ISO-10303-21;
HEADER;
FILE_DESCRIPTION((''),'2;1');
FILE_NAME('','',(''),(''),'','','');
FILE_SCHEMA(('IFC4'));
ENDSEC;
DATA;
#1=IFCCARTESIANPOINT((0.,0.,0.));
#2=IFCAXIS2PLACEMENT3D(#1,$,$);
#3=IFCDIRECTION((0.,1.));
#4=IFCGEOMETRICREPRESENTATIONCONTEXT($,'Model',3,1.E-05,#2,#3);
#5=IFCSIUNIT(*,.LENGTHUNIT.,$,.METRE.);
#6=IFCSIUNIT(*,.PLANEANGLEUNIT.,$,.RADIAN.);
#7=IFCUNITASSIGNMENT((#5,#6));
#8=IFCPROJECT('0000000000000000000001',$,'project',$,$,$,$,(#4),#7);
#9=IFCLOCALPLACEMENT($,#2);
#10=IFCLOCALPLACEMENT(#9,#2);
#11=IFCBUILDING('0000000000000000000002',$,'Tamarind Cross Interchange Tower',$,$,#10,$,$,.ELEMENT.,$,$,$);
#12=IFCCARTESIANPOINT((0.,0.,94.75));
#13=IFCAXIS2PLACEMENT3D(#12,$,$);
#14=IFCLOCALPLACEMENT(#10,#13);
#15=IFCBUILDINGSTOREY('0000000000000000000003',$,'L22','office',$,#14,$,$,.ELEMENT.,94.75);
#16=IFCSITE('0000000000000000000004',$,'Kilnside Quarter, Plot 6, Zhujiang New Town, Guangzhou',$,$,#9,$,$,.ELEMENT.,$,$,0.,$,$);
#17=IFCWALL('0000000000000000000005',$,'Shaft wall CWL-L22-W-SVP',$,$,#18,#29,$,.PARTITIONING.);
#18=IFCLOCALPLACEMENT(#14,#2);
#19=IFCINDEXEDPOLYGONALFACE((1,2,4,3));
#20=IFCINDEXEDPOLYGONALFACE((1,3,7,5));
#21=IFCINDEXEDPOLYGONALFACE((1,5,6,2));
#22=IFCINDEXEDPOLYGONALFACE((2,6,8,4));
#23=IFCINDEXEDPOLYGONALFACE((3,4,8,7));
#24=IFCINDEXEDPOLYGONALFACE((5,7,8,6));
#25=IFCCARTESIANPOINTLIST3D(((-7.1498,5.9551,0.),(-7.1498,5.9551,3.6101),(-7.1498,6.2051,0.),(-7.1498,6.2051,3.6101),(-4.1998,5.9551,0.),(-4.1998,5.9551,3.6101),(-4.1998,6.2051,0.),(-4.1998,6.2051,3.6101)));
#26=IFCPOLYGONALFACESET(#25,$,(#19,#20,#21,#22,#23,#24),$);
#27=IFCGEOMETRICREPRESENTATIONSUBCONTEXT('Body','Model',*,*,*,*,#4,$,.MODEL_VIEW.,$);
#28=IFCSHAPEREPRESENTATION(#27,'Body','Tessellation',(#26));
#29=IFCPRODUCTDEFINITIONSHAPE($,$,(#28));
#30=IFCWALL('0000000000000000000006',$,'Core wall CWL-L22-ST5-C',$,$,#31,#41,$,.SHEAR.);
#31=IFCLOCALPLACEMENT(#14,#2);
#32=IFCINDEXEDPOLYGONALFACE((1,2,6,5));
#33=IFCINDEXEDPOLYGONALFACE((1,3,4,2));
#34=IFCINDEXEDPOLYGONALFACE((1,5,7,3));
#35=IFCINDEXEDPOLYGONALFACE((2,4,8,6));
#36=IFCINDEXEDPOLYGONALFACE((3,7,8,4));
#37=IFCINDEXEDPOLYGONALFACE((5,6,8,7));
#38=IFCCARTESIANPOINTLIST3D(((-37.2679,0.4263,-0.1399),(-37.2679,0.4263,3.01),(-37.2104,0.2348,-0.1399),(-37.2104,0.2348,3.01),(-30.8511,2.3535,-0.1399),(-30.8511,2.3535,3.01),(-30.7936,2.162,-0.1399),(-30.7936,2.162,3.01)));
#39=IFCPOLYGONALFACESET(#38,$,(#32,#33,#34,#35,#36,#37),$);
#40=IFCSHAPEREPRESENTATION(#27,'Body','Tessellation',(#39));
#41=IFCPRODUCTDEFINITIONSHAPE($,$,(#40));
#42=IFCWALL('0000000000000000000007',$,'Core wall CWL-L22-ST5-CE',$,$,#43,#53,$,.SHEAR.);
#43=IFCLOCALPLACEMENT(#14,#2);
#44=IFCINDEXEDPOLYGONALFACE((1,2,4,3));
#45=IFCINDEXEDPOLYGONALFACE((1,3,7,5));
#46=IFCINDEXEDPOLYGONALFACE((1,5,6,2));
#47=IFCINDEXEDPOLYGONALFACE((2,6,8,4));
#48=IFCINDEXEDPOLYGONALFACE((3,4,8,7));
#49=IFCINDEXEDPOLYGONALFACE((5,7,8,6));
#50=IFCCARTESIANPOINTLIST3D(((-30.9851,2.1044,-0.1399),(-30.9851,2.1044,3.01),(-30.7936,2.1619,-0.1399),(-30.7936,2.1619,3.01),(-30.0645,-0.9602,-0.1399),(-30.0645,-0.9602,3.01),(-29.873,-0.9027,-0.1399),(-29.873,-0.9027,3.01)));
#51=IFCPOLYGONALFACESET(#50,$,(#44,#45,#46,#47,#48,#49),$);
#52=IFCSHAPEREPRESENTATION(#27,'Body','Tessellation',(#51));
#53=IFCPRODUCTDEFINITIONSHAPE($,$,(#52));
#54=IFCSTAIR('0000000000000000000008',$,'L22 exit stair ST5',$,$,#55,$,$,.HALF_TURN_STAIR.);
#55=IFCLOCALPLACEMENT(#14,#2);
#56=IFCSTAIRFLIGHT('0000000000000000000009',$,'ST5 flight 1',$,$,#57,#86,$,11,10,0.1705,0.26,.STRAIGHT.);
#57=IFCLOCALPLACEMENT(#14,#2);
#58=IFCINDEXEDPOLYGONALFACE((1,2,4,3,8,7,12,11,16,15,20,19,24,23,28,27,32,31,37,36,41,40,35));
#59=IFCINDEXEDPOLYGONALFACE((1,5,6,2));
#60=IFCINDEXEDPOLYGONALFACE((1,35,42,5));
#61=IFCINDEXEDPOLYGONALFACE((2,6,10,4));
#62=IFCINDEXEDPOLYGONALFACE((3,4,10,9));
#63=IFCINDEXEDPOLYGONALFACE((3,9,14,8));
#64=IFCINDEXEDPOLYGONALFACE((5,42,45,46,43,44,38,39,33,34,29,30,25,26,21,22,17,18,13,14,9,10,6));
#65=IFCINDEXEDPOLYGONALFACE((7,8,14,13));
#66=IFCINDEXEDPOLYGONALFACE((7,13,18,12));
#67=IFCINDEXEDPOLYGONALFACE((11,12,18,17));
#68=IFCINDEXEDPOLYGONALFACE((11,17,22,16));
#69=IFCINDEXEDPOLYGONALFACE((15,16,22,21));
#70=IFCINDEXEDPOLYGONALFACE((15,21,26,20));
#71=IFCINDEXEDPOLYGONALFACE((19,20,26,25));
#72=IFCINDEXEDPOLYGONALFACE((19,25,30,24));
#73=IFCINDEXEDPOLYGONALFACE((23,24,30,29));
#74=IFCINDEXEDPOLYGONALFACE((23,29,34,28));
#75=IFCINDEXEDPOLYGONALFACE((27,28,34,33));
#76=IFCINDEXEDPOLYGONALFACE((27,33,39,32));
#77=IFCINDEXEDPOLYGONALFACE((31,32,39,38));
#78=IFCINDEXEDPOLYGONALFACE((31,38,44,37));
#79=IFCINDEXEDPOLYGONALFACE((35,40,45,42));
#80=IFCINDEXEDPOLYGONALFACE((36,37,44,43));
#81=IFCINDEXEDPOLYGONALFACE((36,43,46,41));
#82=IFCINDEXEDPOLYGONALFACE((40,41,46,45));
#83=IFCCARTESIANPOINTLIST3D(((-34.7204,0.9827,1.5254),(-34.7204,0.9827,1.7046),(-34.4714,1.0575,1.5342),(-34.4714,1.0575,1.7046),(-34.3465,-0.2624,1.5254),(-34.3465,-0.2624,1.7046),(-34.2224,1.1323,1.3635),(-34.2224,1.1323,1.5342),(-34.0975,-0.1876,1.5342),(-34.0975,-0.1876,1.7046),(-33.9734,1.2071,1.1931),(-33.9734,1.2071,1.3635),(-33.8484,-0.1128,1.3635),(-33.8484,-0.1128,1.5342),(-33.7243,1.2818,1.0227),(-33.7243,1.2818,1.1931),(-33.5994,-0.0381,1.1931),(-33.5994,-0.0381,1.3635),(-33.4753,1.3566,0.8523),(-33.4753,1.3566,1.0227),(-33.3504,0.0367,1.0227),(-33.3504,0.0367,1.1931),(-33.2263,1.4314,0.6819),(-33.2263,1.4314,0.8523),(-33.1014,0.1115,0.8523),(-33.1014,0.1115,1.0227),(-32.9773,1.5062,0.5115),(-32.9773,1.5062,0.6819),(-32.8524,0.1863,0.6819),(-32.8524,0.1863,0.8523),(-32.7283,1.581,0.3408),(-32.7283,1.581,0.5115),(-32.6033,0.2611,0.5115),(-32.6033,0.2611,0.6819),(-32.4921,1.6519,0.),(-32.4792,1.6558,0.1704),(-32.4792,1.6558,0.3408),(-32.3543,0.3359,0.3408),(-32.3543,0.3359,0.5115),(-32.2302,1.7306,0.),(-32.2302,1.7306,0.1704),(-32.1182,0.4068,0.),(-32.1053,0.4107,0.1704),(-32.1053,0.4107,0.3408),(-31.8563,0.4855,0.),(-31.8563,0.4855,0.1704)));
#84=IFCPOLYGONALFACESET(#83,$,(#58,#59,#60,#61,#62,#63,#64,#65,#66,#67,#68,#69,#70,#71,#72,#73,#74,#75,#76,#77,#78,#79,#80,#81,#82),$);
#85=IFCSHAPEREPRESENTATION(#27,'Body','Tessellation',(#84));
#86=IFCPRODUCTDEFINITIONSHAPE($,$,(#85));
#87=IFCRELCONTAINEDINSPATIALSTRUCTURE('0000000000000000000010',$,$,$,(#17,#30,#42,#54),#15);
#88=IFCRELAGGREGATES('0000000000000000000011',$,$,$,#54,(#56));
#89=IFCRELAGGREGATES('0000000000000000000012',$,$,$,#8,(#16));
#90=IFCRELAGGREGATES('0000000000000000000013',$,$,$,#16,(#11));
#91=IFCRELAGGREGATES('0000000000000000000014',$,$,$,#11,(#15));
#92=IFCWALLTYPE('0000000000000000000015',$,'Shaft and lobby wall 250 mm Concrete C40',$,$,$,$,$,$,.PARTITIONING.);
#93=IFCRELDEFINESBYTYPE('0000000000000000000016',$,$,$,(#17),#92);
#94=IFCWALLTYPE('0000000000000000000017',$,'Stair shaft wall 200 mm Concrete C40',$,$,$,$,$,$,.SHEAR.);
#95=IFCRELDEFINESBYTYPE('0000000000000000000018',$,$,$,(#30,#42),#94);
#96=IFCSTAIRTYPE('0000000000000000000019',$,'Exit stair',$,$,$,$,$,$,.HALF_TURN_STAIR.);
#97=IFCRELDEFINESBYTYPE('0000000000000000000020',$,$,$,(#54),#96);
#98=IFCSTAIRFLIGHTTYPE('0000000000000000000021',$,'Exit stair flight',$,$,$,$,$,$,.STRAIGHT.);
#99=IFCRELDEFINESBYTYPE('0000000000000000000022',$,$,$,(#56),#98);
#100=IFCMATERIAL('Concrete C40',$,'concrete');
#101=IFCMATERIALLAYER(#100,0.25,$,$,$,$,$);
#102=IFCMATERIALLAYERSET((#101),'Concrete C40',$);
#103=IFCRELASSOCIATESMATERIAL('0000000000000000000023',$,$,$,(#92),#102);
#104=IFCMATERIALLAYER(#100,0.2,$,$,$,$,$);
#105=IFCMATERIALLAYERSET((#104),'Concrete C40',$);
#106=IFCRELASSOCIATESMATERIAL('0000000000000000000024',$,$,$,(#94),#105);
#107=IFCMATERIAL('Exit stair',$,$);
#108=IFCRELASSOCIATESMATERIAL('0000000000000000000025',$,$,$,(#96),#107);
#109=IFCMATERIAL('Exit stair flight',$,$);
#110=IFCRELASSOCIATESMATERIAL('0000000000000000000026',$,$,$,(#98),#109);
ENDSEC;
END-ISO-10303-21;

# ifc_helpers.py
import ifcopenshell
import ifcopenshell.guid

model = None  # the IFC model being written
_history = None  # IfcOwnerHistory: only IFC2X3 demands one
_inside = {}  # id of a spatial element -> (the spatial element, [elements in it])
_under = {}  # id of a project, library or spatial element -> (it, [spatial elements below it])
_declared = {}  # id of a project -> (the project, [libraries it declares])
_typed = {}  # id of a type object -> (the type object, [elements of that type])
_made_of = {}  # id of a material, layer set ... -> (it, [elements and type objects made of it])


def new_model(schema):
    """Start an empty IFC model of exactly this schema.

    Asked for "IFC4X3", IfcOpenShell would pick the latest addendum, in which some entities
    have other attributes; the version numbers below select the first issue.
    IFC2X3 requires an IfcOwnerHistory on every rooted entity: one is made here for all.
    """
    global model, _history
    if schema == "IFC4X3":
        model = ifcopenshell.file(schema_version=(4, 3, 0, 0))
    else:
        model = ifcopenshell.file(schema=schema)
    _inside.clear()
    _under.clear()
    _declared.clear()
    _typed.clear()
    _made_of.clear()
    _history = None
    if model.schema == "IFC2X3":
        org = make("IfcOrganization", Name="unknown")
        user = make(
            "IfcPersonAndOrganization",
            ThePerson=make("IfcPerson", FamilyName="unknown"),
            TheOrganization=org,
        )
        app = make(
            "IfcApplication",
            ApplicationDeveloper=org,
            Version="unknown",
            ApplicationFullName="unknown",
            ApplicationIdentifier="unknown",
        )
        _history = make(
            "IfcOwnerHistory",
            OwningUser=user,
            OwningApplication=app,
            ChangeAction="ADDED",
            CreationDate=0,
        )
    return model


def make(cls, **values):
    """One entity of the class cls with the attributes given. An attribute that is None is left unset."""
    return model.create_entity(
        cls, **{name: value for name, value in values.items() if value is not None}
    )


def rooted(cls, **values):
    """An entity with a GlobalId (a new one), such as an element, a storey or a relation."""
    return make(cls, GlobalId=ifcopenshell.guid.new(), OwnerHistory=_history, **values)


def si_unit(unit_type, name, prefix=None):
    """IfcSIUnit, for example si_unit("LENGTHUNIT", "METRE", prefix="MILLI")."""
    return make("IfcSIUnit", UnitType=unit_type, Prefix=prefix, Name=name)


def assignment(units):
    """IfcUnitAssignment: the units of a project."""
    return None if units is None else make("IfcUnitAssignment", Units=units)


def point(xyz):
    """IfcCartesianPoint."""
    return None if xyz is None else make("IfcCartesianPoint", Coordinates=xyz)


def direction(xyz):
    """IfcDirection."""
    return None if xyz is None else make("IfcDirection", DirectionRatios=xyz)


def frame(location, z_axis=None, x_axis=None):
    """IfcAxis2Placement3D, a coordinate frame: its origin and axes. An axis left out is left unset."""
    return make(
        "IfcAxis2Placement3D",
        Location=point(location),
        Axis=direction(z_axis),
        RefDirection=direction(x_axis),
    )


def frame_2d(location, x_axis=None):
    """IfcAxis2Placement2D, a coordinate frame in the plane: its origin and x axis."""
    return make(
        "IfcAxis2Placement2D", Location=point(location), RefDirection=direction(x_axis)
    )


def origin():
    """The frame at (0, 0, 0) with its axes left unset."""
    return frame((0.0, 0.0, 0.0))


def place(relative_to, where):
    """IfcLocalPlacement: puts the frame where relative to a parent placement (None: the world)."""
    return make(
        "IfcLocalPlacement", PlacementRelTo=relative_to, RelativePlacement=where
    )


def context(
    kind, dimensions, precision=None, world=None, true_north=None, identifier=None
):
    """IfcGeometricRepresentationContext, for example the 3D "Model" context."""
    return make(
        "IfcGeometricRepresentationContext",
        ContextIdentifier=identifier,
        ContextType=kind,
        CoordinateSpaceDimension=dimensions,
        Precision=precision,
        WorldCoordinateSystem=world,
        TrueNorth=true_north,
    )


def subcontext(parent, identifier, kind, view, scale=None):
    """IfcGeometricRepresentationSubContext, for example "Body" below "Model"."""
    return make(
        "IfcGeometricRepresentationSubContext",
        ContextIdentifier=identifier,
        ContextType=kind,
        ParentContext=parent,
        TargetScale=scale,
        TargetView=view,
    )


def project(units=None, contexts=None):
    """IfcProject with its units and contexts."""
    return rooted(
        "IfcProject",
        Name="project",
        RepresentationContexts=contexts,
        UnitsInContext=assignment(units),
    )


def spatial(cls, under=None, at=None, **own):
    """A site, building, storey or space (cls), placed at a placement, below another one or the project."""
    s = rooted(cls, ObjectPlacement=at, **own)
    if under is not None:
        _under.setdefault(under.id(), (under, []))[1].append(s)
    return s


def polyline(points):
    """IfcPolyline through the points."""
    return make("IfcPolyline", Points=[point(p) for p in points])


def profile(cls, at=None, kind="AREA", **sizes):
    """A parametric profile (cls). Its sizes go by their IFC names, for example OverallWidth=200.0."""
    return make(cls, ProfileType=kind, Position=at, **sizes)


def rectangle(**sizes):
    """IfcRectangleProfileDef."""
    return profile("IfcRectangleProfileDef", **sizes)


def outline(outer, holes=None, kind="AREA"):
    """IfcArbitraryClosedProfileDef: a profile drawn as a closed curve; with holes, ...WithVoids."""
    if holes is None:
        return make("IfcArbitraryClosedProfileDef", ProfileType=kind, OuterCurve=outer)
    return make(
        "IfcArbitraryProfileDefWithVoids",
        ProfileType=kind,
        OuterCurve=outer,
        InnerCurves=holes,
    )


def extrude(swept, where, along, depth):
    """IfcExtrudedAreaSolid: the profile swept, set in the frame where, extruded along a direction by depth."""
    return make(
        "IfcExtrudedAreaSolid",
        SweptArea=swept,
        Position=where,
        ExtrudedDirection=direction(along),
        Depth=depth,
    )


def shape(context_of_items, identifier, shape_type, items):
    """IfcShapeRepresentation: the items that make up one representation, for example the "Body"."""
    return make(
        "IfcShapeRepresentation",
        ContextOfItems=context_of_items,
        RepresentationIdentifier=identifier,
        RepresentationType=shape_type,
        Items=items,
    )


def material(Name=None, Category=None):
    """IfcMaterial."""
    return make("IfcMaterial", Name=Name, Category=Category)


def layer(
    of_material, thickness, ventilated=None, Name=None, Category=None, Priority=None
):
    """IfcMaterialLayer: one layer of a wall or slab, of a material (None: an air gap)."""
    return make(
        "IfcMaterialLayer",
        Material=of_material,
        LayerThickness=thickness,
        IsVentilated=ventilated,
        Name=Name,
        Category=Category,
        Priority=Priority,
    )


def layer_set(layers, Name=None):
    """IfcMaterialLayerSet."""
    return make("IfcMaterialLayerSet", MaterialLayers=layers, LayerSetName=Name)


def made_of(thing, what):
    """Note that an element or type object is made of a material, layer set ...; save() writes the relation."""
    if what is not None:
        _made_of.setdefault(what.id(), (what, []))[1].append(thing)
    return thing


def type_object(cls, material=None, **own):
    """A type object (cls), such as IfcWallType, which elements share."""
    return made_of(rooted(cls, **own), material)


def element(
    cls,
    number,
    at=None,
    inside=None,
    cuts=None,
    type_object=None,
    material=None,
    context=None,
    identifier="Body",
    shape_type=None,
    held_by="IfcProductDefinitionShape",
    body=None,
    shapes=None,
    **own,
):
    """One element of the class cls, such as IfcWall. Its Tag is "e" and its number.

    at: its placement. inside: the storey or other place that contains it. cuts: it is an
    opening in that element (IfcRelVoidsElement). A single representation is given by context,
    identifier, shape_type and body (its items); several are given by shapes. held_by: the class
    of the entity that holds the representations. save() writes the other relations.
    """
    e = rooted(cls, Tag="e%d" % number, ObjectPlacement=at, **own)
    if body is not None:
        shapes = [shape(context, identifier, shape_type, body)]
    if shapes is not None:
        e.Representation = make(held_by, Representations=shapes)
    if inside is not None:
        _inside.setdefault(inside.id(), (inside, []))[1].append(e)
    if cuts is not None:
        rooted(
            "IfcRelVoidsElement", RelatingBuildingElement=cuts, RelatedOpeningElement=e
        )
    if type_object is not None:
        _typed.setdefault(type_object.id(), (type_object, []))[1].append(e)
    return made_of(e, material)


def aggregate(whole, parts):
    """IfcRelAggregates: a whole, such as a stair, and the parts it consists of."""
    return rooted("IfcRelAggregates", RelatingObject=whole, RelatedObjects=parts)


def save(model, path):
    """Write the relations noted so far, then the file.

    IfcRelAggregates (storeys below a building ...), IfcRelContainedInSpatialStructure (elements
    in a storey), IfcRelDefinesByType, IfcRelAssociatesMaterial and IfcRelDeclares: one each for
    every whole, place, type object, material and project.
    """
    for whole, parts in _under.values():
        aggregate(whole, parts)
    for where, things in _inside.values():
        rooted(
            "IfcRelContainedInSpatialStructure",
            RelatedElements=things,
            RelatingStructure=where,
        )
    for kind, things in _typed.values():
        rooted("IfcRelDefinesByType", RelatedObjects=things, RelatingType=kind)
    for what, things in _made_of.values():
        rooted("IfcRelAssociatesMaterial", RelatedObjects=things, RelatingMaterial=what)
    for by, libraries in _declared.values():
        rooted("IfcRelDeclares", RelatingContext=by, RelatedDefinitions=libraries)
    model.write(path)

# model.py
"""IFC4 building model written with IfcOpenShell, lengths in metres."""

from ifc_helpers import new_model, si_unit, direction, frame, frame_2d, origin, place, context, subcontext, project, spatial, polyline, rectangle, outline, extrude, material, layer, layer_set, type_object, element, aggregate, save


model = new_model("IFC4")

# Units and contexts
model_context = context("Model", 3, precision=1e-05, world=origin(), true_north=direction((0.0, 1.0)))
body_context = subcontext(model_context, "Body", "Model", "MODEL_VIEW")
ifc_project = project(units=[si_unit("LENGTHUNIT", "METRE"), si_unit("PLANEANGLEUNIT", "RADIAN")], contexts=[model_context])

# Site, building, storey
site_placement = place(None, origin())
site = spatial("IfcSite", under=ifc_project, at=site_placement, Name="Kilnside Quarter, Plot 6, Zhujiang New Town, Guangzhou", CompositionType="ELEMENT", RefElevation=0.0)
building_placement = place(site_placement, origin())
building = spatial("IfcBuilding", under=site, at=building_placement, Name="Tamarind Cross Interchange Tower", CompositionType="ELEMENT")
storey_placement = place(building_placement, frame((0.0, 0.0, 94.75)))
storey = spatial("IfcBuildingStorey", under=building, at=storey_placement, Name="L22", Description="office", CompositionType="ELEMENT", Elevation=94.75)

# Walls
ifc_material_1 = material(Name="Concrete C40", Category="concrete")
ifc_layer_1 = layer(ifc_material_1, 0.25)
ifc_layer_set_1 = layer_set([ifc_layer_1], Name="Concrete C40")
wall_type_1 = type_object("IfcWallType", Name="Shaft and lobby wall 250 mm Concrete C40", PredefinedType="PARTITIONING", material=ifc_layer_set_1)
wall_1_placement = place(storey_placement, frame((-7.1499, 6.0801, 0.0), z_axis=(0.0, 0.0, 1.0), x_axis=(1.0, 0.0, 0.0)))
element("IfcWall", 1, at=wall_1_placement, inside=storey, type_object=wall_type_1, Name="Shaft wall CWL-L22-W-SVP", PredefinedType="PARTITIONING", context=body_context, shape_type="SweptSolid", body=[
    extrude(rectangle(XDim=2.95, YDim=0.25, at=frame_2d((1.4751, 0.0))), origin(), (0.0, 0.0, 1.0), 3.6101),
])
ifc_layer_2 = layer(ifc_material_1, 0.2)
ifc_layer_set_2 = layer_set([ifc_layer_2], Name="Concrete C40")
wall_type_2 = type_object("IfcWallType", Name="Stair shaft wall 200 mm Concrete C40", PredefinedType="SHEAR", material=ifc_layer_set_2)
wall_2_placement = place(storey_placement, frame((-30.8223, 2.2578, -0.1399), z_axis=(0.0, 0.0, 1.0), x_axis=(-0.957735, -0.287652, 0.0)))
element("IfcWall", 2, at=wall_2_placement, inside=storey, type_object=wall_type_2, Name="Core wall CWL-L22-ST5-C", PredefinedType="SHEAR", context=body_context, shape_type="SweptSolid", body=[
    extrude(rectangle(XDim=6.7, YDim=0.2, at=frame_2d((3.3501, 0.0))), origin(), (0.0, 0.0, 1.0), 3.1499),
])
wall_3_placement = place(storey_placement, frame((-30.8894, 2.1333, -0.1399), z_axis=(0.0, 0.0, 1.0), x_axis=(0.287705, -0.957719, 0.0)))
element("IfcWall", 3, at=wall_3_placement, inside=storey, type_object=wall_type_2, Name="Core wall CWL-L22-ST5-CE", PredefinedType="SHEAR", context=body_context, shape_type="SweptSolid", body=[
    extrude(rectangle(XDim=3.2, YDim=0.2, at=frame_2d((1.6001, 0.0))), origin(), (0.0, 0.0, 1.0), 3.1499),
])

# Stair, stair flight
ifc_material_2 = material(Name="Exit stair")
stair_type = type_object("IfcStairType", Name="Exit stair", PredefinedType="HALF_TURN_STAIR", material=ifc_material_2)
stair_placement = place(storey_placement, origin())
stair = element("IfcStair", 4, at=stair_placement, inside=storey, type_object=stair_type, Name="L22 exit stair ST5", PredefinedType="HALF_TURN_STAIR")
ifc_material_3 = material(Name="Exit stair flight")
stair_flight_type = type_object("IfcStairFlightType", Name="Exit stair flight", PredefinedType="STRAIGHT", material=ifc_material_3)
stair_flight_placement = place(storey_placement, frame((-32.0432, 1.1079, 0.0), z_axis=(0.0, 0.0, 1.0), x_axis=(-0.957738, -0.287641, 0.0)))
stair_flight = element("IfcStairFlight", 5, at=stair_flight_placement, type_object=stair_flight_type, Name="ST5 flight 1", NumberOfRisers=11, NumberOfTreads=10, PredefinedType="STRAIGHT", RiserHeight=0.1705, TreadLength=0.26, context=body_context, shape_type="SweptSolid", body=[
    extrude(outline(polyline([(0.0, 0.0), (0.0, 0.1704), (0.26, 0.1704), (0.26, 0.3408), (0.52, 0.3408), (0.52, 0.5115), (0.78, 0.5115), (0.78, 0.6819), (1.04, 0.6819), (1.04, 0.8523), (1.3, 0.8523), (1.3, 1.0227), (1.5601, 1.0227), (1.5601, 1.1931), (1.8201, 1.1931), (1.8201, 1.3635), (2.0801, 1.3635), (2.0801, 1.5342), (2.3401, 1.5342), (2.3401, 1.7046), (2.6001, 1.7046), (2.6001, 1.875), (2.6001, 1.5254), (0.2734, 0.0), (0.0, 0.0)])), frame((0.0, 0.6499, 0.0), z_axis=(0.0, -1.0, 0.0), x_axis=(1.0, 0.0, 0.0)), (0.0, 0.0, 1.0), 1.3),
])
aggregate(stair, [stair_flight])

save(model, "model.ifc")
